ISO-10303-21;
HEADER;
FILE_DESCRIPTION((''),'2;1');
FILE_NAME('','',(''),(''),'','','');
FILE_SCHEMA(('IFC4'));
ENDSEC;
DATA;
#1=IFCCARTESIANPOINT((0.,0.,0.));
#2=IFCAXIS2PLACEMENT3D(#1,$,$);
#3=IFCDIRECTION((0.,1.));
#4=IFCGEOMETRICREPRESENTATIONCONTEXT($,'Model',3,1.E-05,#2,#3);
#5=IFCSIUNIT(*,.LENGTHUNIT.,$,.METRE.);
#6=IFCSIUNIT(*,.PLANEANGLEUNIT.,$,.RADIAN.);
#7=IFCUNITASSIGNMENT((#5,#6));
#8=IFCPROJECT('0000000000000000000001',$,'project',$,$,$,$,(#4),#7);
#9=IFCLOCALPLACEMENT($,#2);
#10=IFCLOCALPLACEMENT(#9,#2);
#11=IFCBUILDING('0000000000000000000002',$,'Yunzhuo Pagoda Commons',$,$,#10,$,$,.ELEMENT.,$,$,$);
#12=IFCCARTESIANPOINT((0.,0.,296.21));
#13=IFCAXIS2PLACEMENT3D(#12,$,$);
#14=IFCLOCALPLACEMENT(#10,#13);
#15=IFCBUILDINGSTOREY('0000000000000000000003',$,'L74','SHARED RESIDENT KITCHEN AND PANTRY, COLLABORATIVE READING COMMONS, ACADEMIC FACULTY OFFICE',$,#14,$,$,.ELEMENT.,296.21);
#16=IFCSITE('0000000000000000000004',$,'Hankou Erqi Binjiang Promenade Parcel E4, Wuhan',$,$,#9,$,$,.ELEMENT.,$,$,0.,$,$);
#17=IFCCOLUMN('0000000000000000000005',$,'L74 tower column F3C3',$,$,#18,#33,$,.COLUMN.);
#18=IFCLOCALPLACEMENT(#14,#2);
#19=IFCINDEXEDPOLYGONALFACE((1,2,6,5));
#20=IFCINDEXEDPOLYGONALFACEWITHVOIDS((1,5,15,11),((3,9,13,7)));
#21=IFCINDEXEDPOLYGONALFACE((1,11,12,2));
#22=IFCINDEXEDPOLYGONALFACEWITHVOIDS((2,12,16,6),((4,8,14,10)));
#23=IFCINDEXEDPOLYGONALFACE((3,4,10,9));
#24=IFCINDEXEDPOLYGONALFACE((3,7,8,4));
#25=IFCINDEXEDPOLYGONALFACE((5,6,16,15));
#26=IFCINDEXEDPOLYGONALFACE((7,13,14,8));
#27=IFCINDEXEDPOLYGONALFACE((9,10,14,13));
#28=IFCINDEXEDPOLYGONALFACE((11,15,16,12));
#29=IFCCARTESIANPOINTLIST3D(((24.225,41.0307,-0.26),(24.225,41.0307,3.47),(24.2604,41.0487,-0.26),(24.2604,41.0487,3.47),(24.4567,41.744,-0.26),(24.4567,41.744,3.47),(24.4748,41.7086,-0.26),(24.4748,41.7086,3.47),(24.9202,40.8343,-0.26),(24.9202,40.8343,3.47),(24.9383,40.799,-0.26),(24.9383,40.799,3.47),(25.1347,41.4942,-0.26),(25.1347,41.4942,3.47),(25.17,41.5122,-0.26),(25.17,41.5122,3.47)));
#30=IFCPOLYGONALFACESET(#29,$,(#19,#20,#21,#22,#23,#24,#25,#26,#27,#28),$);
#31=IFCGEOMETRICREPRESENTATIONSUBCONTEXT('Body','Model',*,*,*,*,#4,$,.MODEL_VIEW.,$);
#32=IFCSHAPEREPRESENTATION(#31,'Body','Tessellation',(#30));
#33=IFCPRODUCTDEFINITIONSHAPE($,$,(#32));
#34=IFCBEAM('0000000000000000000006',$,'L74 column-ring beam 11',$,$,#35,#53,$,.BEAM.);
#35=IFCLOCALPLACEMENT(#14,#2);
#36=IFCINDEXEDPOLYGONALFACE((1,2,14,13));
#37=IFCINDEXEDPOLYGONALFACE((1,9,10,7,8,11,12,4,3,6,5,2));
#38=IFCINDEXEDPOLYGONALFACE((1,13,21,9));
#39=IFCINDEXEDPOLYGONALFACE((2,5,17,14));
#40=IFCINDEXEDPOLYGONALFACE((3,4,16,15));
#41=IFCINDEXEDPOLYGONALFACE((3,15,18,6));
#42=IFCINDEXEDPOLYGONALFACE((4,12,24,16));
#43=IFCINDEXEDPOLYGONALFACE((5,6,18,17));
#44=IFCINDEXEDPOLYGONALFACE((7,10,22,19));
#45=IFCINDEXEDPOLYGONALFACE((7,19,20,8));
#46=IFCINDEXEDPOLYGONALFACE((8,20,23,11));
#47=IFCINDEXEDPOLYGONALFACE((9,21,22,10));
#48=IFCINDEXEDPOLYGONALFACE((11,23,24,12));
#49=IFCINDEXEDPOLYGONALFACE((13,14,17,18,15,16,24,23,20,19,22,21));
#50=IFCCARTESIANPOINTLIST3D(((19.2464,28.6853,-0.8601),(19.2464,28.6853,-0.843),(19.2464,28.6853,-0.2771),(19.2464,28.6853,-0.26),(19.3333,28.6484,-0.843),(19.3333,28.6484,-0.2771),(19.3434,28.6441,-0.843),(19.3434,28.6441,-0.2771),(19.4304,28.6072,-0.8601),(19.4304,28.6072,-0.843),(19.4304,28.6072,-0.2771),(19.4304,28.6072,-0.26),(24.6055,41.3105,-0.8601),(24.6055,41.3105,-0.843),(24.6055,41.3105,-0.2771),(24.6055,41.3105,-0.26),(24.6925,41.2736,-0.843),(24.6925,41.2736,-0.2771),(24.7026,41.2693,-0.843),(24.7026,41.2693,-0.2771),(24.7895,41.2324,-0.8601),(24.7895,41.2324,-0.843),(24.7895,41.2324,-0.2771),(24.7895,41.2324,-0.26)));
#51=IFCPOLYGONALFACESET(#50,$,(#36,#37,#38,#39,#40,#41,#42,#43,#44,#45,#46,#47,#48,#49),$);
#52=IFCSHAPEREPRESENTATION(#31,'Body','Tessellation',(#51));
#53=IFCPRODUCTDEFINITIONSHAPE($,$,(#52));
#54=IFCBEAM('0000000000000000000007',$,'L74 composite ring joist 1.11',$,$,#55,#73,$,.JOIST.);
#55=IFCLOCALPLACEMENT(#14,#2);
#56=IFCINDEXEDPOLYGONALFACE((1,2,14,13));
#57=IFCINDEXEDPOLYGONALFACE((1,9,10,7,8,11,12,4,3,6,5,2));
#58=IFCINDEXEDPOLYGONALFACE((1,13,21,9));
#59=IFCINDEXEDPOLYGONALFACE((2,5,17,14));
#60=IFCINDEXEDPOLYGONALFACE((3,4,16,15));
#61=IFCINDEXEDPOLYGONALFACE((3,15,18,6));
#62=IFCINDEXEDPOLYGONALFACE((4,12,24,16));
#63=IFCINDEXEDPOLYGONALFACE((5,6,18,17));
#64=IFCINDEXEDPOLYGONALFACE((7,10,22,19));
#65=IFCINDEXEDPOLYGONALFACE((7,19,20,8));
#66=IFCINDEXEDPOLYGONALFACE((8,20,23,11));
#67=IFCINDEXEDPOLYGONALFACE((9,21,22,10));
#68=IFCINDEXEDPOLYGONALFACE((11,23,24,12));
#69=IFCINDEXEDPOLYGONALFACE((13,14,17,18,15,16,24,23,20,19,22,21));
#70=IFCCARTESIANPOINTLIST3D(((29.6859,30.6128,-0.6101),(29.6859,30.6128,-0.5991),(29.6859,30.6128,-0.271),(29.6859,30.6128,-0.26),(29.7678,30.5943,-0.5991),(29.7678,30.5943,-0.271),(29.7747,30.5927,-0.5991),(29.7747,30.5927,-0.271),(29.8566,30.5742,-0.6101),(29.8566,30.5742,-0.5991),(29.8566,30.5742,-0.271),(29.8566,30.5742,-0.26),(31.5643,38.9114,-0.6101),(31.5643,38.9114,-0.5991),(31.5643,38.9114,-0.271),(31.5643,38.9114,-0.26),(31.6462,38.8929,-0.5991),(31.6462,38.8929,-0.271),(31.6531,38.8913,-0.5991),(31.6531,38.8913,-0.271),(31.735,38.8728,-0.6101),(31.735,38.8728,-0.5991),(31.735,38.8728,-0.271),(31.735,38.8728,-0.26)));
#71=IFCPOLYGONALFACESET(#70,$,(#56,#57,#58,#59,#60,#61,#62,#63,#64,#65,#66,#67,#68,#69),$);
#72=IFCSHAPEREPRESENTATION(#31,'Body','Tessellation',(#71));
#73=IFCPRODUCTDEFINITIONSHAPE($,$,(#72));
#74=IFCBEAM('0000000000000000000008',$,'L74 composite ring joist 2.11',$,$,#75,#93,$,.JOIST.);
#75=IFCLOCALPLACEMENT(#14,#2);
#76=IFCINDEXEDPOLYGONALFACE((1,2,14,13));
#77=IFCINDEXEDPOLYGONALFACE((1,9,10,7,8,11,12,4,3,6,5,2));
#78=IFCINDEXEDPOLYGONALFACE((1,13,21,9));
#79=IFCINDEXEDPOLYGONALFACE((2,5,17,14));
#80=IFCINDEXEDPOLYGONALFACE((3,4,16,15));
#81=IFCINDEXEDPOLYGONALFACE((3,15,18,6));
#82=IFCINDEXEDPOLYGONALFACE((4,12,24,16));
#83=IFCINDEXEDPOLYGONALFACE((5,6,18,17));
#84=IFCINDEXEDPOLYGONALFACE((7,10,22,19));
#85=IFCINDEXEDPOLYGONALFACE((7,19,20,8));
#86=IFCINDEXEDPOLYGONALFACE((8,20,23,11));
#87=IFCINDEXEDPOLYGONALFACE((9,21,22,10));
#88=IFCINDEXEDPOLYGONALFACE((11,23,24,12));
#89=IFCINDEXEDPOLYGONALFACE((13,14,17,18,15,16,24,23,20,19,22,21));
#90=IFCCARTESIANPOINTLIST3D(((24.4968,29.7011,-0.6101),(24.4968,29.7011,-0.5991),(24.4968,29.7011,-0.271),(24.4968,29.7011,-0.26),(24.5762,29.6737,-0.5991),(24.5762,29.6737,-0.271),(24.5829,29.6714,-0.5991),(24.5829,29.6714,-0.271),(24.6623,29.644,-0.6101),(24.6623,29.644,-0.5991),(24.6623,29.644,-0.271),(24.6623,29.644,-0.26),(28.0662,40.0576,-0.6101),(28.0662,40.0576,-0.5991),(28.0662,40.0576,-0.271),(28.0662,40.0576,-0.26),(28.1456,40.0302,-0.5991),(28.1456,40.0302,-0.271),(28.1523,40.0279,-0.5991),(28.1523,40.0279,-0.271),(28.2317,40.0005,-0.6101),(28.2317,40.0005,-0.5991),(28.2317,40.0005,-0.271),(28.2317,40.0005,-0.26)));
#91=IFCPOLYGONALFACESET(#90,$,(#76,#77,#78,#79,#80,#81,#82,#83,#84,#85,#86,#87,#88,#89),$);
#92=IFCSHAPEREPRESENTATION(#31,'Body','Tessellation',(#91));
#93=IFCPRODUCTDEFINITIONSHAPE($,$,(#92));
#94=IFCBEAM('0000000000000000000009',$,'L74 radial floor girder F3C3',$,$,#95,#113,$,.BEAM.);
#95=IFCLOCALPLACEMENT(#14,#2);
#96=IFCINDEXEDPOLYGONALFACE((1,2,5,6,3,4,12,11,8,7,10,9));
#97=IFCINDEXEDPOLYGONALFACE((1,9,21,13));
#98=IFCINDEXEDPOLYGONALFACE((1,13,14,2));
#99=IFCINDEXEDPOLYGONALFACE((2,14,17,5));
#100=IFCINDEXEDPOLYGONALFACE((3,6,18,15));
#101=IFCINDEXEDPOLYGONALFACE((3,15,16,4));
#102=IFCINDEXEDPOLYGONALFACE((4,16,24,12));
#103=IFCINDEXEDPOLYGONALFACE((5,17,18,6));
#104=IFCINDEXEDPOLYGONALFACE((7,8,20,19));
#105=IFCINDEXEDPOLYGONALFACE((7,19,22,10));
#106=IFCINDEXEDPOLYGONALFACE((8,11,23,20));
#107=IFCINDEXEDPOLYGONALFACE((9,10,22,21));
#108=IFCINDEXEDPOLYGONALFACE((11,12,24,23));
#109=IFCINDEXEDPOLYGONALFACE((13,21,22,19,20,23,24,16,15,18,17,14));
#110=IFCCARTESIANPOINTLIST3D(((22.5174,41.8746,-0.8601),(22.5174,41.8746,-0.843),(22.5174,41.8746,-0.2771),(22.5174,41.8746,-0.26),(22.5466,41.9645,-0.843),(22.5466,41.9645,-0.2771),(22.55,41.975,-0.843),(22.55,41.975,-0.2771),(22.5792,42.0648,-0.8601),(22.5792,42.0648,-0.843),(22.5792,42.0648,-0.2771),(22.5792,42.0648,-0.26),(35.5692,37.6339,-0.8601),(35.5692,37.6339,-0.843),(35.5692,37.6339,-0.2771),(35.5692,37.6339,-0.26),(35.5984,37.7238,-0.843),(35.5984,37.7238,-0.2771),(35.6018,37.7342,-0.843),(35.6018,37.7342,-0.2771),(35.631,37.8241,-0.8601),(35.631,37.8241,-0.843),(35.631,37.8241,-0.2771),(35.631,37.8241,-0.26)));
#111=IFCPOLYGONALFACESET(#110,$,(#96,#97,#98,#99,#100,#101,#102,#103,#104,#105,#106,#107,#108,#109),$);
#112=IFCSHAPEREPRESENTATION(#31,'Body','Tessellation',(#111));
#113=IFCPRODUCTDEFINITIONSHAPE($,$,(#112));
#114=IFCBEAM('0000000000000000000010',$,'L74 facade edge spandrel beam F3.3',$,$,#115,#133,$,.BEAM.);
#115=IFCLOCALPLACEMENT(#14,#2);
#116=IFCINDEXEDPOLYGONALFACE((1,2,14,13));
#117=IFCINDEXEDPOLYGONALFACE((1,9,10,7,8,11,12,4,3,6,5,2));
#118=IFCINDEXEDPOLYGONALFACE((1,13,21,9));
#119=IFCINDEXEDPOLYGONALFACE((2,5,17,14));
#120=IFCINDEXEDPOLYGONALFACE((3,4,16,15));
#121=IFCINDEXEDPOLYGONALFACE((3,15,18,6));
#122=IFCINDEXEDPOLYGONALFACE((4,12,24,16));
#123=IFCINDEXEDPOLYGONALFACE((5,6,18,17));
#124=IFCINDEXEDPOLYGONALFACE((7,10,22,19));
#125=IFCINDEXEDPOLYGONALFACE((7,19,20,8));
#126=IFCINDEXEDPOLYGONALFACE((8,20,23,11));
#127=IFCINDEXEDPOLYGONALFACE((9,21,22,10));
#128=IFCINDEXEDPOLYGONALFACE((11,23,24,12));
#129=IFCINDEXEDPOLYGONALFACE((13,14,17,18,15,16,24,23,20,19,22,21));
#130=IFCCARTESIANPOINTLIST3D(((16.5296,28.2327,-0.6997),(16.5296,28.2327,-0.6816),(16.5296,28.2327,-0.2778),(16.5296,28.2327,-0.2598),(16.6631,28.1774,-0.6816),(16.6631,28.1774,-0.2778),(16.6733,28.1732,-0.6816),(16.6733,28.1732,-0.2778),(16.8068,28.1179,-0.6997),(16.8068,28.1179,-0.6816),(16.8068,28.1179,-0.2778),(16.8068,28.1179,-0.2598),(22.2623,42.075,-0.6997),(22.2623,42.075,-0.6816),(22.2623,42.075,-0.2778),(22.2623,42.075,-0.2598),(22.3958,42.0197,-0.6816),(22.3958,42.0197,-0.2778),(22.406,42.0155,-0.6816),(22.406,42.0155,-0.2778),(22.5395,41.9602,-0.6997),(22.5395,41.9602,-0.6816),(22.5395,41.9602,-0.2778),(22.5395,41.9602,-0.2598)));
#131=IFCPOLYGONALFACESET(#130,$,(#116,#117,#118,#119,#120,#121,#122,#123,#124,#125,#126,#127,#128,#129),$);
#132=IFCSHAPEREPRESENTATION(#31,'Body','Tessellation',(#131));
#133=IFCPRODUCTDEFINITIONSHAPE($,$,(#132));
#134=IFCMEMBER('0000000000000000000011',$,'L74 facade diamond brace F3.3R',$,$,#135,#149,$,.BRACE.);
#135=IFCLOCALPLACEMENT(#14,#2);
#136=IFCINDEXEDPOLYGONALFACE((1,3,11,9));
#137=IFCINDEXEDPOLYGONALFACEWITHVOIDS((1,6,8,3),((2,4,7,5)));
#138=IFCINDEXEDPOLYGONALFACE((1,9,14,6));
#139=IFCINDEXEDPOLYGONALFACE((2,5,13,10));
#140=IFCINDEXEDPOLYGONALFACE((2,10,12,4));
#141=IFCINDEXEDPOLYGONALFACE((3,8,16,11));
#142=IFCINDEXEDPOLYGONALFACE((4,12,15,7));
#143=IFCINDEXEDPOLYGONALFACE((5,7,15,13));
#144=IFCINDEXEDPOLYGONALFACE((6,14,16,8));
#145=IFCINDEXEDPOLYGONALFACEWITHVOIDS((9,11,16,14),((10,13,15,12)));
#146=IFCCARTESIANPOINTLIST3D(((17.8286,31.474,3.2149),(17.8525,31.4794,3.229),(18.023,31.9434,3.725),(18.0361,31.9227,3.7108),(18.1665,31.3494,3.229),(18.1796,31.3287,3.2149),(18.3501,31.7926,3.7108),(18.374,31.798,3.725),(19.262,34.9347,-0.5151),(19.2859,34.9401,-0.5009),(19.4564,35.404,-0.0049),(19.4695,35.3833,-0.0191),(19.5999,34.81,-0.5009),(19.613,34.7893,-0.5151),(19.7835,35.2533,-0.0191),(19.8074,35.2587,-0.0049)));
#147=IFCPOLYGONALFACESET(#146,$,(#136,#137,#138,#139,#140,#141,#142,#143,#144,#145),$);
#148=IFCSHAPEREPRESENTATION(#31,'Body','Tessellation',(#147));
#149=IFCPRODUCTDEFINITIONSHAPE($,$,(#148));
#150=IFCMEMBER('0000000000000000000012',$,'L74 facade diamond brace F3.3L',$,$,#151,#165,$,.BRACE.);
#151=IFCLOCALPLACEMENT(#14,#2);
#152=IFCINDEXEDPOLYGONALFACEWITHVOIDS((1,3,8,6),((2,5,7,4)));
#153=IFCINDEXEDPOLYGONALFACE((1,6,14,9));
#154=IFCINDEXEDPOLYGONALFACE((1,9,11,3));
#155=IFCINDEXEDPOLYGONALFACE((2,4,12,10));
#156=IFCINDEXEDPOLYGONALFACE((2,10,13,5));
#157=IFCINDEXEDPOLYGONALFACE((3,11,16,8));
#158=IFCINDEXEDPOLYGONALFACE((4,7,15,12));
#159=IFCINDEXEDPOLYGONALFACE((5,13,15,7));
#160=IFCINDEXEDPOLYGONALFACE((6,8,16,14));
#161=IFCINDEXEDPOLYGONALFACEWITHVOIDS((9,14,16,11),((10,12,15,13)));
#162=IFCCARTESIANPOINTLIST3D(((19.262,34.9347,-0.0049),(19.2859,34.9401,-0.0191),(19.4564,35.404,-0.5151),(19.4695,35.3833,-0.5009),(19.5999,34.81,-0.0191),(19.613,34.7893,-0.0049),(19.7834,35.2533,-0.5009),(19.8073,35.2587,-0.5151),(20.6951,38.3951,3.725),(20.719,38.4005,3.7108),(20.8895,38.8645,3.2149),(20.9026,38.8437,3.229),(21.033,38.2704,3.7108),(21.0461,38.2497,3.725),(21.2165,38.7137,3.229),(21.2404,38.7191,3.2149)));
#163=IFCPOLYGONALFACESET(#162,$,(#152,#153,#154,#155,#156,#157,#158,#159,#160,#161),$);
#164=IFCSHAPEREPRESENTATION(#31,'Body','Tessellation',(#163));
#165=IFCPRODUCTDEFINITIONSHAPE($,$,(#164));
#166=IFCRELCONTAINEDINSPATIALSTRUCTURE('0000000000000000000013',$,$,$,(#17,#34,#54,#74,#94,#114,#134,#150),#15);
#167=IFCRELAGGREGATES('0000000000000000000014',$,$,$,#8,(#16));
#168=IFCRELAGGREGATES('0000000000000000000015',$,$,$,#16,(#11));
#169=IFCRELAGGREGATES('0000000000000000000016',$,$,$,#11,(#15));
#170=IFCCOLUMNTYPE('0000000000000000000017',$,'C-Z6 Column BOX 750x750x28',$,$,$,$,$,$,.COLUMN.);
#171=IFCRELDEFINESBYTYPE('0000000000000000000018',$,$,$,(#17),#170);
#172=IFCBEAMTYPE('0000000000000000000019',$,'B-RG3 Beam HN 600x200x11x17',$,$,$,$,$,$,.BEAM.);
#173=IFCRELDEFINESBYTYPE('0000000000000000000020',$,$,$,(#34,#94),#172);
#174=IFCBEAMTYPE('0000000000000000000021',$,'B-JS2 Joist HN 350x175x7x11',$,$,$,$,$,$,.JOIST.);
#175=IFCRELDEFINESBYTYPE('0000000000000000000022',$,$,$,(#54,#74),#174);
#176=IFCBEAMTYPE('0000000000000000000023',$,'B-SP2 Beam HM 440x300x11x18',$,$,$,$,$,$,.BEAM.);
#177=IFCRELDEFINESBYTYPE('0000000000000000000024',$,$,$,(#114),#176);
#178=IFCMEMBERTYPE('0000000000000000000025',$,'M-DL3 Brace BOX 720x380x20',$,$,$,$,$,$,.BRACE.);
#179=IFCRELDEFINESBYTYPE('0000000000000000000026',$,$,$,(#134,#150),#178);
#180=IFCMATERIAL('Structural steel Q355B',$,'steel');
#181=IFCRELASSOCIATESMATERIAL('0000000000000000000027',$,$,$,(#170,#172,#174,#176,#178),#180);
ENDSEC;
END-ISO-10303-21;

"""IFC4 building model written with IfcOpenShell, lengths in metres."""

from ifc_helpers import new_model, si_unit, direction, frame, origin, origin_2d, place, context, subcontext, project, spatial, hollow_rectangle, i_section, extrude, source, transform, mapped, material, material_profile, profile_set, type_object, element, save


model = new_model("IFC4")

# Units and contexts
model_context = context("Model", 3, precision=1e-05, world=origin(), true_north=direction((0.0, 1.0)))
body_context = subcontext(model_context, "Body", "Model", "MODEL_VIEW")
ifc_project = project(units=[si_unit("LENGTHUNIT", "METRE"), si_unit("PLANEANGLEUNIT", "RADIAN")], contexts=[model_context])

# Site, building, storey
site_placement = place(None, origin())
site = spatial("IfcSite", under=ifc_project, at=site_placement, Name="Hankou Erqi Binjiang Promenade Parcel E4, Wuhan", CompositionType="ELEMENT", RefElevation=0.0)
building_placement = place(site_placement, origin())
building = spatial("IfcBuilding", under=site, at=building_placement, Name="Yunzhuo Pagoda Commons", CompositionType="ELEMENT")
storey_placement = place(building_placement, frame((0.0, 0.0, 296.21)))
storey = spatial("IfcBuildingStorey", under=building, at=storey_placement, Name="L74", Description="SHARED RESIDENT KITCHEN AND PANTRY, COLLABORATIVE READING COMMONS, ACADEMIC FACULTY OFFICE", CompositionType="ELEMENT", Elevation=296.21)

# Column
ifc_material_1 = material(Name="Structural steel Q355B", Category="steel")
ifc_material_profile_1 = material_profile(ifc_material_1, hollow_rectangle(XDim=0.75, YDim=0.75, WallThickness=0.0281, at=origin_2d()), Name="Structural steel Q355B")
ifc_profile_set_1 = profile_set([ifc_material_profile_1], Name="Structural steel Q355B")
column_type = type_object("IfcColumnType", Name="C-Z6 Column BOX 750x750x28", PredefinedType="COLUMN", material=ifc_profile_set_1)
shared_shape_1 = source(origin(), body_context, "Body", "SweptSolid", [
    extrude(hollow_rectangle(XDim=0.75, YDim=0.75, WallThickness=0.0281, at=origin_2d()), origin(), (0.0, 0.0, 1.0), 3.73),
])
column_placement = place(storey_placement, frame((24.6975, 41.2715, -0.26), z_axis=(0.0, 0.0, 1.0), x_axis=(-0.309017, -0.951057, 0.0)))
element("IfcColumn", 1, at=column_placement, inside=storey, type_object=column_type, Name="L74 tower column F3C3", PredefinedType="COLUMN", context=body_context, shape_type="MappedRepresentation", body=[
    mapped(shared_shape_1, transform((0.0, 0.0, 0.0), scale=1.0)),
])

# Beams
ifc_material_profile_2 = material_profile(ifc_material_1, i_section(OverallWidth=0.2, OverallDepth=0.6001, WebThickness=0.011, FlangeThickness=0.0171, at=origin_2d()), Name="Structural steel Q355B")
ifc_profile_set_2 = profile_set([ifc_material_profile_2], Name="Structural steel Q355B")
beam_type_1 = type_object("IfcBeamType", Name="B-RG3 Beam HN 600x200x11x17", PredefinedType="BEAM", material=ifc_profile_set_2)
shared_shape_2 = source(origin(), body_context, "Body", "SweptSolid", [
    extrude(i_section(OverallWidth=0.2, OverallDepth=0.6001, WebThickness=0.011, FlangeThickness=0.0171, at=origin_2d()), origin(), (0.0, 0.0, 1.0), 13.7156),
])
beam_1_placement = place(storey_placement, frame((24.6975, 41.2715, -0.5601), z_axis=(-0.390733, -0.920504, 0.0), x_axis=(0.920504, -0.390733, 0.0)))
element("IfcBeam", 2, at=beam_1_placement, inside=storey, type_object=beam_type_1, Name="L74 column-ring beam 11", PredefinedType="BEAM", context=body_context, shape_type="MappedRepresentation", body=[
    mapped(shared_shape_2, transform((0.0, 0.0, 0.0), scale=1.0)),
])
ifc_material_profile_3 = material_profile(ifc_material_1, i_section(OverallWidth=0.175, OverallDepth=0.3501, WebThickness=0.0071, FlangeThickness=0.011, at=origin_2d()), Name="Structural steel Q355B")
ifc_profile_set_3 = profile_set([ifc_material_profile_3], Name="Structural steel Q355B")
beam_type_2 = type_object("IfcBeamType", Name="B-JS2 Joist HN 350x175x7x11", PredefinedType="JOIST", material=ifc_profile_set_3)
shared_shape_3 = source(origin(), body_context, "Body", "SweptSolid", [
    extrude(i_section(OverallWidth=0.175, OverallDepth=0.3501, WebThickness=0.0071, FlangeThickness=0.011, at=origin_2d()), origin(), (0.0, 0.0, 1.0), 8.5085),
])
beam_2_placement = place(storey_placement, frame((31.6497, 38.8921, -0.4351), z_axis=(-0.220769, -0.975326, 0.0), x_axis=(0.975326, -0.220769, 0.0)))
element("IfcBeam", 3, at=beam_2_placement, inside=storey, type_object=beam_type_2, Name="L74 composite ring joist 1.11", PredefinedType="JOIST", context=body_context, shape_type="MappedRepresentation", body=[
    mapped(shared_shape_3, transform((0.0, 0.0, 0.0), scale=1.0)),
])
shared_shape_4 = source(origin(), body_context, "Body", "SweptSolid", [
    extrude(i_section(OverallWidth=0.175, OverallDepth=0.3501, WebThickness=0.0071, FlangeThickness=0.011, at=origin_2d()), origin(), (0.0, 0.0, 1.0), 10.9543),
])
beam_3_placement = place(storey_placement, frame((28.1489, 40.0291, -0.4351), z_axis=(-0.32584, -0.945425, 0.0), x_axis=(0.945425, -0.32584, 0.0)))
element("IfcBeam", 4, at=beam_3_placement, inside=storey, type_object=beam_type_2, Name="L74 composite ring joist 2.11", PredefinedType="JOIST", context=body_context, shape_type="MappedRepresentation", body=[
    mapped(shared_shape_4, transform((0.0, 0.0, 0.0), scale=1.0)),
])
shared_shape_5 = source(origin(), body_context, "Body", "SweptSolid", [
    extrude(i_section(OverallWidth=0.2, OverallDepth=0.6001, WebThickness=0.011, FlangeThickness=0.0171, at=origin_2d()), origin(), (0.0, 0.0, 1.0), 13.7234),
])
beam_4_placement = place(storey_placement, frame((22.5483, 41.9697, -0.5601), z_axis=(0.951058, -0.309014, 0.0), x_axis=(0.309014, 0.951058, 0.0)))
element("IfcBeam", 5, at=beam_4_placement, inside=storey, type_object=beam_type_1, Name="L74 radial floor girder F3C3", PredefinedType="BEAM", context=body_context, shape_type="MappedRepresentation", body=[
    mapped(shared_shape_5, transform((0.0, 0.0, 0.0), scale=1.0)),
])
ifc_material_profile_4 = material_profile(ifc_material_1, i_section(OverallWidth=0.3, OverallDepth=0.4399, WebThickness=0.011, FlangeThickness=0.0181, at=origin_2d()), Name="Structural steel Q355B")
ifc_profile_set_4 = profile_set([ifc_material_profile_4], Name="Structural steel Q355B")
beam_type_3 = type_object("IfcBeamType", Name="B-SP2 Beam HM 440x300x11x18", PredefinedType="BEAM", material=ifc_profile_set_4)
shared_shape_6 = source(origin(), body_context, "Body", "SweptSolid", [
    extrude(i_section(OverallWidth=0.3, OverallDepth=0.4399, WebThickness=0.011, FlangeThickness=0.0181, at=origin_2d()), origin(), (0.0, 0.0, 1.0), 14.9824),
])
beam_5_placement = place(storey_placement, frame((22.4009, 42.0176, -0.4797), z_axis=(-0.382627, -0.923903, 0.0), x_axis=(0.923903, -0.382627, 0.0)))
element("IfcBeam", 6, at=beam_5_placement, inside=storey, type_object=beam_type_3, Name="L74 facade edge spandrel beam F3.3", PredefinedType="BEAM", context=body_context, shape_type="MappedRepresentation", body=[
    mapped(shared_shape_6, transform((0.0, 0.0, 0.0), scale=1.0)),
])

# Members
ifc_material_profile_5 = material_profile(ifc_material_1, hollow_rectangle(XDim=0.3799, YDim=0.72, WallThickness=0.02, at=origin_2d()), Name="Structural steel Q355B")
ifc_profile_set_5 = profile_set([ifc_material_profile_5], Name="Structural steel Q355B")
member_type_1 = type_object("IfcMemberType", Name="M-DL3 Brace BOX 720x380x20", PredefinedType="BRACE", material=ifc_profile_set_5)
shared_shape_7 = source(origin(), body_context, "Body", "SweptSolid", [
    extrude(hollow_rectangle(XDim=0.3799, YDim=0.72, WallThickness=0.02, at=origin_2d()), origin(), (0.0, 0.0, 1.0), 5.2861),
])
member_1_placement = place(storey_placement, frame((19.5347, 35.0967, -0.26), z_axis=(-0.271151, -0.654669, 0.705611), x_axis=(0.923891, -0.382657, 0.0)))
element("IfcMember", 7, at=member_1_placement, inside=storey, type_object=member_type_1, Name="L74 facade diamond brace F3.3R", PredefinedType="BRACE", context=body_context, shape_type="MappedRepresentation", body=[
    mapped(shared_shape_7, transform((0.0, 0.0, 0.0), scale=1.0)),
])
shared_shape_8 = source(origin(), body_context, "Body", "SweptSolid", [
    extrude(hollow_rectangle(XDim=0.3799, YDim=0.72, WallThickness=0.02, at=origin_2d()), origin(), (0.0, 0.0, 1.0), 5.2859),
])
member_2_placement = place(storey_placement, frame((19.5347, 35.0967, -0.26), z_axis=(0.271116, 0.654651, 0.705641), x_axis=(-0.923904, 0.382624, 0.0)))
element("IfcMember", 8, at=member_2_placement, inside=storey, type_object=member_type_1, Name="L74 facade diamond brace F3.3L", PredefinedType="BRACE", context=body_context, shape_type="MappedRepresentation", body=[
    mapped(shared_shape_8, transform((0.0, 0.0, 0.0), scale=1.0)),
])

save(model, "model.ifc")
